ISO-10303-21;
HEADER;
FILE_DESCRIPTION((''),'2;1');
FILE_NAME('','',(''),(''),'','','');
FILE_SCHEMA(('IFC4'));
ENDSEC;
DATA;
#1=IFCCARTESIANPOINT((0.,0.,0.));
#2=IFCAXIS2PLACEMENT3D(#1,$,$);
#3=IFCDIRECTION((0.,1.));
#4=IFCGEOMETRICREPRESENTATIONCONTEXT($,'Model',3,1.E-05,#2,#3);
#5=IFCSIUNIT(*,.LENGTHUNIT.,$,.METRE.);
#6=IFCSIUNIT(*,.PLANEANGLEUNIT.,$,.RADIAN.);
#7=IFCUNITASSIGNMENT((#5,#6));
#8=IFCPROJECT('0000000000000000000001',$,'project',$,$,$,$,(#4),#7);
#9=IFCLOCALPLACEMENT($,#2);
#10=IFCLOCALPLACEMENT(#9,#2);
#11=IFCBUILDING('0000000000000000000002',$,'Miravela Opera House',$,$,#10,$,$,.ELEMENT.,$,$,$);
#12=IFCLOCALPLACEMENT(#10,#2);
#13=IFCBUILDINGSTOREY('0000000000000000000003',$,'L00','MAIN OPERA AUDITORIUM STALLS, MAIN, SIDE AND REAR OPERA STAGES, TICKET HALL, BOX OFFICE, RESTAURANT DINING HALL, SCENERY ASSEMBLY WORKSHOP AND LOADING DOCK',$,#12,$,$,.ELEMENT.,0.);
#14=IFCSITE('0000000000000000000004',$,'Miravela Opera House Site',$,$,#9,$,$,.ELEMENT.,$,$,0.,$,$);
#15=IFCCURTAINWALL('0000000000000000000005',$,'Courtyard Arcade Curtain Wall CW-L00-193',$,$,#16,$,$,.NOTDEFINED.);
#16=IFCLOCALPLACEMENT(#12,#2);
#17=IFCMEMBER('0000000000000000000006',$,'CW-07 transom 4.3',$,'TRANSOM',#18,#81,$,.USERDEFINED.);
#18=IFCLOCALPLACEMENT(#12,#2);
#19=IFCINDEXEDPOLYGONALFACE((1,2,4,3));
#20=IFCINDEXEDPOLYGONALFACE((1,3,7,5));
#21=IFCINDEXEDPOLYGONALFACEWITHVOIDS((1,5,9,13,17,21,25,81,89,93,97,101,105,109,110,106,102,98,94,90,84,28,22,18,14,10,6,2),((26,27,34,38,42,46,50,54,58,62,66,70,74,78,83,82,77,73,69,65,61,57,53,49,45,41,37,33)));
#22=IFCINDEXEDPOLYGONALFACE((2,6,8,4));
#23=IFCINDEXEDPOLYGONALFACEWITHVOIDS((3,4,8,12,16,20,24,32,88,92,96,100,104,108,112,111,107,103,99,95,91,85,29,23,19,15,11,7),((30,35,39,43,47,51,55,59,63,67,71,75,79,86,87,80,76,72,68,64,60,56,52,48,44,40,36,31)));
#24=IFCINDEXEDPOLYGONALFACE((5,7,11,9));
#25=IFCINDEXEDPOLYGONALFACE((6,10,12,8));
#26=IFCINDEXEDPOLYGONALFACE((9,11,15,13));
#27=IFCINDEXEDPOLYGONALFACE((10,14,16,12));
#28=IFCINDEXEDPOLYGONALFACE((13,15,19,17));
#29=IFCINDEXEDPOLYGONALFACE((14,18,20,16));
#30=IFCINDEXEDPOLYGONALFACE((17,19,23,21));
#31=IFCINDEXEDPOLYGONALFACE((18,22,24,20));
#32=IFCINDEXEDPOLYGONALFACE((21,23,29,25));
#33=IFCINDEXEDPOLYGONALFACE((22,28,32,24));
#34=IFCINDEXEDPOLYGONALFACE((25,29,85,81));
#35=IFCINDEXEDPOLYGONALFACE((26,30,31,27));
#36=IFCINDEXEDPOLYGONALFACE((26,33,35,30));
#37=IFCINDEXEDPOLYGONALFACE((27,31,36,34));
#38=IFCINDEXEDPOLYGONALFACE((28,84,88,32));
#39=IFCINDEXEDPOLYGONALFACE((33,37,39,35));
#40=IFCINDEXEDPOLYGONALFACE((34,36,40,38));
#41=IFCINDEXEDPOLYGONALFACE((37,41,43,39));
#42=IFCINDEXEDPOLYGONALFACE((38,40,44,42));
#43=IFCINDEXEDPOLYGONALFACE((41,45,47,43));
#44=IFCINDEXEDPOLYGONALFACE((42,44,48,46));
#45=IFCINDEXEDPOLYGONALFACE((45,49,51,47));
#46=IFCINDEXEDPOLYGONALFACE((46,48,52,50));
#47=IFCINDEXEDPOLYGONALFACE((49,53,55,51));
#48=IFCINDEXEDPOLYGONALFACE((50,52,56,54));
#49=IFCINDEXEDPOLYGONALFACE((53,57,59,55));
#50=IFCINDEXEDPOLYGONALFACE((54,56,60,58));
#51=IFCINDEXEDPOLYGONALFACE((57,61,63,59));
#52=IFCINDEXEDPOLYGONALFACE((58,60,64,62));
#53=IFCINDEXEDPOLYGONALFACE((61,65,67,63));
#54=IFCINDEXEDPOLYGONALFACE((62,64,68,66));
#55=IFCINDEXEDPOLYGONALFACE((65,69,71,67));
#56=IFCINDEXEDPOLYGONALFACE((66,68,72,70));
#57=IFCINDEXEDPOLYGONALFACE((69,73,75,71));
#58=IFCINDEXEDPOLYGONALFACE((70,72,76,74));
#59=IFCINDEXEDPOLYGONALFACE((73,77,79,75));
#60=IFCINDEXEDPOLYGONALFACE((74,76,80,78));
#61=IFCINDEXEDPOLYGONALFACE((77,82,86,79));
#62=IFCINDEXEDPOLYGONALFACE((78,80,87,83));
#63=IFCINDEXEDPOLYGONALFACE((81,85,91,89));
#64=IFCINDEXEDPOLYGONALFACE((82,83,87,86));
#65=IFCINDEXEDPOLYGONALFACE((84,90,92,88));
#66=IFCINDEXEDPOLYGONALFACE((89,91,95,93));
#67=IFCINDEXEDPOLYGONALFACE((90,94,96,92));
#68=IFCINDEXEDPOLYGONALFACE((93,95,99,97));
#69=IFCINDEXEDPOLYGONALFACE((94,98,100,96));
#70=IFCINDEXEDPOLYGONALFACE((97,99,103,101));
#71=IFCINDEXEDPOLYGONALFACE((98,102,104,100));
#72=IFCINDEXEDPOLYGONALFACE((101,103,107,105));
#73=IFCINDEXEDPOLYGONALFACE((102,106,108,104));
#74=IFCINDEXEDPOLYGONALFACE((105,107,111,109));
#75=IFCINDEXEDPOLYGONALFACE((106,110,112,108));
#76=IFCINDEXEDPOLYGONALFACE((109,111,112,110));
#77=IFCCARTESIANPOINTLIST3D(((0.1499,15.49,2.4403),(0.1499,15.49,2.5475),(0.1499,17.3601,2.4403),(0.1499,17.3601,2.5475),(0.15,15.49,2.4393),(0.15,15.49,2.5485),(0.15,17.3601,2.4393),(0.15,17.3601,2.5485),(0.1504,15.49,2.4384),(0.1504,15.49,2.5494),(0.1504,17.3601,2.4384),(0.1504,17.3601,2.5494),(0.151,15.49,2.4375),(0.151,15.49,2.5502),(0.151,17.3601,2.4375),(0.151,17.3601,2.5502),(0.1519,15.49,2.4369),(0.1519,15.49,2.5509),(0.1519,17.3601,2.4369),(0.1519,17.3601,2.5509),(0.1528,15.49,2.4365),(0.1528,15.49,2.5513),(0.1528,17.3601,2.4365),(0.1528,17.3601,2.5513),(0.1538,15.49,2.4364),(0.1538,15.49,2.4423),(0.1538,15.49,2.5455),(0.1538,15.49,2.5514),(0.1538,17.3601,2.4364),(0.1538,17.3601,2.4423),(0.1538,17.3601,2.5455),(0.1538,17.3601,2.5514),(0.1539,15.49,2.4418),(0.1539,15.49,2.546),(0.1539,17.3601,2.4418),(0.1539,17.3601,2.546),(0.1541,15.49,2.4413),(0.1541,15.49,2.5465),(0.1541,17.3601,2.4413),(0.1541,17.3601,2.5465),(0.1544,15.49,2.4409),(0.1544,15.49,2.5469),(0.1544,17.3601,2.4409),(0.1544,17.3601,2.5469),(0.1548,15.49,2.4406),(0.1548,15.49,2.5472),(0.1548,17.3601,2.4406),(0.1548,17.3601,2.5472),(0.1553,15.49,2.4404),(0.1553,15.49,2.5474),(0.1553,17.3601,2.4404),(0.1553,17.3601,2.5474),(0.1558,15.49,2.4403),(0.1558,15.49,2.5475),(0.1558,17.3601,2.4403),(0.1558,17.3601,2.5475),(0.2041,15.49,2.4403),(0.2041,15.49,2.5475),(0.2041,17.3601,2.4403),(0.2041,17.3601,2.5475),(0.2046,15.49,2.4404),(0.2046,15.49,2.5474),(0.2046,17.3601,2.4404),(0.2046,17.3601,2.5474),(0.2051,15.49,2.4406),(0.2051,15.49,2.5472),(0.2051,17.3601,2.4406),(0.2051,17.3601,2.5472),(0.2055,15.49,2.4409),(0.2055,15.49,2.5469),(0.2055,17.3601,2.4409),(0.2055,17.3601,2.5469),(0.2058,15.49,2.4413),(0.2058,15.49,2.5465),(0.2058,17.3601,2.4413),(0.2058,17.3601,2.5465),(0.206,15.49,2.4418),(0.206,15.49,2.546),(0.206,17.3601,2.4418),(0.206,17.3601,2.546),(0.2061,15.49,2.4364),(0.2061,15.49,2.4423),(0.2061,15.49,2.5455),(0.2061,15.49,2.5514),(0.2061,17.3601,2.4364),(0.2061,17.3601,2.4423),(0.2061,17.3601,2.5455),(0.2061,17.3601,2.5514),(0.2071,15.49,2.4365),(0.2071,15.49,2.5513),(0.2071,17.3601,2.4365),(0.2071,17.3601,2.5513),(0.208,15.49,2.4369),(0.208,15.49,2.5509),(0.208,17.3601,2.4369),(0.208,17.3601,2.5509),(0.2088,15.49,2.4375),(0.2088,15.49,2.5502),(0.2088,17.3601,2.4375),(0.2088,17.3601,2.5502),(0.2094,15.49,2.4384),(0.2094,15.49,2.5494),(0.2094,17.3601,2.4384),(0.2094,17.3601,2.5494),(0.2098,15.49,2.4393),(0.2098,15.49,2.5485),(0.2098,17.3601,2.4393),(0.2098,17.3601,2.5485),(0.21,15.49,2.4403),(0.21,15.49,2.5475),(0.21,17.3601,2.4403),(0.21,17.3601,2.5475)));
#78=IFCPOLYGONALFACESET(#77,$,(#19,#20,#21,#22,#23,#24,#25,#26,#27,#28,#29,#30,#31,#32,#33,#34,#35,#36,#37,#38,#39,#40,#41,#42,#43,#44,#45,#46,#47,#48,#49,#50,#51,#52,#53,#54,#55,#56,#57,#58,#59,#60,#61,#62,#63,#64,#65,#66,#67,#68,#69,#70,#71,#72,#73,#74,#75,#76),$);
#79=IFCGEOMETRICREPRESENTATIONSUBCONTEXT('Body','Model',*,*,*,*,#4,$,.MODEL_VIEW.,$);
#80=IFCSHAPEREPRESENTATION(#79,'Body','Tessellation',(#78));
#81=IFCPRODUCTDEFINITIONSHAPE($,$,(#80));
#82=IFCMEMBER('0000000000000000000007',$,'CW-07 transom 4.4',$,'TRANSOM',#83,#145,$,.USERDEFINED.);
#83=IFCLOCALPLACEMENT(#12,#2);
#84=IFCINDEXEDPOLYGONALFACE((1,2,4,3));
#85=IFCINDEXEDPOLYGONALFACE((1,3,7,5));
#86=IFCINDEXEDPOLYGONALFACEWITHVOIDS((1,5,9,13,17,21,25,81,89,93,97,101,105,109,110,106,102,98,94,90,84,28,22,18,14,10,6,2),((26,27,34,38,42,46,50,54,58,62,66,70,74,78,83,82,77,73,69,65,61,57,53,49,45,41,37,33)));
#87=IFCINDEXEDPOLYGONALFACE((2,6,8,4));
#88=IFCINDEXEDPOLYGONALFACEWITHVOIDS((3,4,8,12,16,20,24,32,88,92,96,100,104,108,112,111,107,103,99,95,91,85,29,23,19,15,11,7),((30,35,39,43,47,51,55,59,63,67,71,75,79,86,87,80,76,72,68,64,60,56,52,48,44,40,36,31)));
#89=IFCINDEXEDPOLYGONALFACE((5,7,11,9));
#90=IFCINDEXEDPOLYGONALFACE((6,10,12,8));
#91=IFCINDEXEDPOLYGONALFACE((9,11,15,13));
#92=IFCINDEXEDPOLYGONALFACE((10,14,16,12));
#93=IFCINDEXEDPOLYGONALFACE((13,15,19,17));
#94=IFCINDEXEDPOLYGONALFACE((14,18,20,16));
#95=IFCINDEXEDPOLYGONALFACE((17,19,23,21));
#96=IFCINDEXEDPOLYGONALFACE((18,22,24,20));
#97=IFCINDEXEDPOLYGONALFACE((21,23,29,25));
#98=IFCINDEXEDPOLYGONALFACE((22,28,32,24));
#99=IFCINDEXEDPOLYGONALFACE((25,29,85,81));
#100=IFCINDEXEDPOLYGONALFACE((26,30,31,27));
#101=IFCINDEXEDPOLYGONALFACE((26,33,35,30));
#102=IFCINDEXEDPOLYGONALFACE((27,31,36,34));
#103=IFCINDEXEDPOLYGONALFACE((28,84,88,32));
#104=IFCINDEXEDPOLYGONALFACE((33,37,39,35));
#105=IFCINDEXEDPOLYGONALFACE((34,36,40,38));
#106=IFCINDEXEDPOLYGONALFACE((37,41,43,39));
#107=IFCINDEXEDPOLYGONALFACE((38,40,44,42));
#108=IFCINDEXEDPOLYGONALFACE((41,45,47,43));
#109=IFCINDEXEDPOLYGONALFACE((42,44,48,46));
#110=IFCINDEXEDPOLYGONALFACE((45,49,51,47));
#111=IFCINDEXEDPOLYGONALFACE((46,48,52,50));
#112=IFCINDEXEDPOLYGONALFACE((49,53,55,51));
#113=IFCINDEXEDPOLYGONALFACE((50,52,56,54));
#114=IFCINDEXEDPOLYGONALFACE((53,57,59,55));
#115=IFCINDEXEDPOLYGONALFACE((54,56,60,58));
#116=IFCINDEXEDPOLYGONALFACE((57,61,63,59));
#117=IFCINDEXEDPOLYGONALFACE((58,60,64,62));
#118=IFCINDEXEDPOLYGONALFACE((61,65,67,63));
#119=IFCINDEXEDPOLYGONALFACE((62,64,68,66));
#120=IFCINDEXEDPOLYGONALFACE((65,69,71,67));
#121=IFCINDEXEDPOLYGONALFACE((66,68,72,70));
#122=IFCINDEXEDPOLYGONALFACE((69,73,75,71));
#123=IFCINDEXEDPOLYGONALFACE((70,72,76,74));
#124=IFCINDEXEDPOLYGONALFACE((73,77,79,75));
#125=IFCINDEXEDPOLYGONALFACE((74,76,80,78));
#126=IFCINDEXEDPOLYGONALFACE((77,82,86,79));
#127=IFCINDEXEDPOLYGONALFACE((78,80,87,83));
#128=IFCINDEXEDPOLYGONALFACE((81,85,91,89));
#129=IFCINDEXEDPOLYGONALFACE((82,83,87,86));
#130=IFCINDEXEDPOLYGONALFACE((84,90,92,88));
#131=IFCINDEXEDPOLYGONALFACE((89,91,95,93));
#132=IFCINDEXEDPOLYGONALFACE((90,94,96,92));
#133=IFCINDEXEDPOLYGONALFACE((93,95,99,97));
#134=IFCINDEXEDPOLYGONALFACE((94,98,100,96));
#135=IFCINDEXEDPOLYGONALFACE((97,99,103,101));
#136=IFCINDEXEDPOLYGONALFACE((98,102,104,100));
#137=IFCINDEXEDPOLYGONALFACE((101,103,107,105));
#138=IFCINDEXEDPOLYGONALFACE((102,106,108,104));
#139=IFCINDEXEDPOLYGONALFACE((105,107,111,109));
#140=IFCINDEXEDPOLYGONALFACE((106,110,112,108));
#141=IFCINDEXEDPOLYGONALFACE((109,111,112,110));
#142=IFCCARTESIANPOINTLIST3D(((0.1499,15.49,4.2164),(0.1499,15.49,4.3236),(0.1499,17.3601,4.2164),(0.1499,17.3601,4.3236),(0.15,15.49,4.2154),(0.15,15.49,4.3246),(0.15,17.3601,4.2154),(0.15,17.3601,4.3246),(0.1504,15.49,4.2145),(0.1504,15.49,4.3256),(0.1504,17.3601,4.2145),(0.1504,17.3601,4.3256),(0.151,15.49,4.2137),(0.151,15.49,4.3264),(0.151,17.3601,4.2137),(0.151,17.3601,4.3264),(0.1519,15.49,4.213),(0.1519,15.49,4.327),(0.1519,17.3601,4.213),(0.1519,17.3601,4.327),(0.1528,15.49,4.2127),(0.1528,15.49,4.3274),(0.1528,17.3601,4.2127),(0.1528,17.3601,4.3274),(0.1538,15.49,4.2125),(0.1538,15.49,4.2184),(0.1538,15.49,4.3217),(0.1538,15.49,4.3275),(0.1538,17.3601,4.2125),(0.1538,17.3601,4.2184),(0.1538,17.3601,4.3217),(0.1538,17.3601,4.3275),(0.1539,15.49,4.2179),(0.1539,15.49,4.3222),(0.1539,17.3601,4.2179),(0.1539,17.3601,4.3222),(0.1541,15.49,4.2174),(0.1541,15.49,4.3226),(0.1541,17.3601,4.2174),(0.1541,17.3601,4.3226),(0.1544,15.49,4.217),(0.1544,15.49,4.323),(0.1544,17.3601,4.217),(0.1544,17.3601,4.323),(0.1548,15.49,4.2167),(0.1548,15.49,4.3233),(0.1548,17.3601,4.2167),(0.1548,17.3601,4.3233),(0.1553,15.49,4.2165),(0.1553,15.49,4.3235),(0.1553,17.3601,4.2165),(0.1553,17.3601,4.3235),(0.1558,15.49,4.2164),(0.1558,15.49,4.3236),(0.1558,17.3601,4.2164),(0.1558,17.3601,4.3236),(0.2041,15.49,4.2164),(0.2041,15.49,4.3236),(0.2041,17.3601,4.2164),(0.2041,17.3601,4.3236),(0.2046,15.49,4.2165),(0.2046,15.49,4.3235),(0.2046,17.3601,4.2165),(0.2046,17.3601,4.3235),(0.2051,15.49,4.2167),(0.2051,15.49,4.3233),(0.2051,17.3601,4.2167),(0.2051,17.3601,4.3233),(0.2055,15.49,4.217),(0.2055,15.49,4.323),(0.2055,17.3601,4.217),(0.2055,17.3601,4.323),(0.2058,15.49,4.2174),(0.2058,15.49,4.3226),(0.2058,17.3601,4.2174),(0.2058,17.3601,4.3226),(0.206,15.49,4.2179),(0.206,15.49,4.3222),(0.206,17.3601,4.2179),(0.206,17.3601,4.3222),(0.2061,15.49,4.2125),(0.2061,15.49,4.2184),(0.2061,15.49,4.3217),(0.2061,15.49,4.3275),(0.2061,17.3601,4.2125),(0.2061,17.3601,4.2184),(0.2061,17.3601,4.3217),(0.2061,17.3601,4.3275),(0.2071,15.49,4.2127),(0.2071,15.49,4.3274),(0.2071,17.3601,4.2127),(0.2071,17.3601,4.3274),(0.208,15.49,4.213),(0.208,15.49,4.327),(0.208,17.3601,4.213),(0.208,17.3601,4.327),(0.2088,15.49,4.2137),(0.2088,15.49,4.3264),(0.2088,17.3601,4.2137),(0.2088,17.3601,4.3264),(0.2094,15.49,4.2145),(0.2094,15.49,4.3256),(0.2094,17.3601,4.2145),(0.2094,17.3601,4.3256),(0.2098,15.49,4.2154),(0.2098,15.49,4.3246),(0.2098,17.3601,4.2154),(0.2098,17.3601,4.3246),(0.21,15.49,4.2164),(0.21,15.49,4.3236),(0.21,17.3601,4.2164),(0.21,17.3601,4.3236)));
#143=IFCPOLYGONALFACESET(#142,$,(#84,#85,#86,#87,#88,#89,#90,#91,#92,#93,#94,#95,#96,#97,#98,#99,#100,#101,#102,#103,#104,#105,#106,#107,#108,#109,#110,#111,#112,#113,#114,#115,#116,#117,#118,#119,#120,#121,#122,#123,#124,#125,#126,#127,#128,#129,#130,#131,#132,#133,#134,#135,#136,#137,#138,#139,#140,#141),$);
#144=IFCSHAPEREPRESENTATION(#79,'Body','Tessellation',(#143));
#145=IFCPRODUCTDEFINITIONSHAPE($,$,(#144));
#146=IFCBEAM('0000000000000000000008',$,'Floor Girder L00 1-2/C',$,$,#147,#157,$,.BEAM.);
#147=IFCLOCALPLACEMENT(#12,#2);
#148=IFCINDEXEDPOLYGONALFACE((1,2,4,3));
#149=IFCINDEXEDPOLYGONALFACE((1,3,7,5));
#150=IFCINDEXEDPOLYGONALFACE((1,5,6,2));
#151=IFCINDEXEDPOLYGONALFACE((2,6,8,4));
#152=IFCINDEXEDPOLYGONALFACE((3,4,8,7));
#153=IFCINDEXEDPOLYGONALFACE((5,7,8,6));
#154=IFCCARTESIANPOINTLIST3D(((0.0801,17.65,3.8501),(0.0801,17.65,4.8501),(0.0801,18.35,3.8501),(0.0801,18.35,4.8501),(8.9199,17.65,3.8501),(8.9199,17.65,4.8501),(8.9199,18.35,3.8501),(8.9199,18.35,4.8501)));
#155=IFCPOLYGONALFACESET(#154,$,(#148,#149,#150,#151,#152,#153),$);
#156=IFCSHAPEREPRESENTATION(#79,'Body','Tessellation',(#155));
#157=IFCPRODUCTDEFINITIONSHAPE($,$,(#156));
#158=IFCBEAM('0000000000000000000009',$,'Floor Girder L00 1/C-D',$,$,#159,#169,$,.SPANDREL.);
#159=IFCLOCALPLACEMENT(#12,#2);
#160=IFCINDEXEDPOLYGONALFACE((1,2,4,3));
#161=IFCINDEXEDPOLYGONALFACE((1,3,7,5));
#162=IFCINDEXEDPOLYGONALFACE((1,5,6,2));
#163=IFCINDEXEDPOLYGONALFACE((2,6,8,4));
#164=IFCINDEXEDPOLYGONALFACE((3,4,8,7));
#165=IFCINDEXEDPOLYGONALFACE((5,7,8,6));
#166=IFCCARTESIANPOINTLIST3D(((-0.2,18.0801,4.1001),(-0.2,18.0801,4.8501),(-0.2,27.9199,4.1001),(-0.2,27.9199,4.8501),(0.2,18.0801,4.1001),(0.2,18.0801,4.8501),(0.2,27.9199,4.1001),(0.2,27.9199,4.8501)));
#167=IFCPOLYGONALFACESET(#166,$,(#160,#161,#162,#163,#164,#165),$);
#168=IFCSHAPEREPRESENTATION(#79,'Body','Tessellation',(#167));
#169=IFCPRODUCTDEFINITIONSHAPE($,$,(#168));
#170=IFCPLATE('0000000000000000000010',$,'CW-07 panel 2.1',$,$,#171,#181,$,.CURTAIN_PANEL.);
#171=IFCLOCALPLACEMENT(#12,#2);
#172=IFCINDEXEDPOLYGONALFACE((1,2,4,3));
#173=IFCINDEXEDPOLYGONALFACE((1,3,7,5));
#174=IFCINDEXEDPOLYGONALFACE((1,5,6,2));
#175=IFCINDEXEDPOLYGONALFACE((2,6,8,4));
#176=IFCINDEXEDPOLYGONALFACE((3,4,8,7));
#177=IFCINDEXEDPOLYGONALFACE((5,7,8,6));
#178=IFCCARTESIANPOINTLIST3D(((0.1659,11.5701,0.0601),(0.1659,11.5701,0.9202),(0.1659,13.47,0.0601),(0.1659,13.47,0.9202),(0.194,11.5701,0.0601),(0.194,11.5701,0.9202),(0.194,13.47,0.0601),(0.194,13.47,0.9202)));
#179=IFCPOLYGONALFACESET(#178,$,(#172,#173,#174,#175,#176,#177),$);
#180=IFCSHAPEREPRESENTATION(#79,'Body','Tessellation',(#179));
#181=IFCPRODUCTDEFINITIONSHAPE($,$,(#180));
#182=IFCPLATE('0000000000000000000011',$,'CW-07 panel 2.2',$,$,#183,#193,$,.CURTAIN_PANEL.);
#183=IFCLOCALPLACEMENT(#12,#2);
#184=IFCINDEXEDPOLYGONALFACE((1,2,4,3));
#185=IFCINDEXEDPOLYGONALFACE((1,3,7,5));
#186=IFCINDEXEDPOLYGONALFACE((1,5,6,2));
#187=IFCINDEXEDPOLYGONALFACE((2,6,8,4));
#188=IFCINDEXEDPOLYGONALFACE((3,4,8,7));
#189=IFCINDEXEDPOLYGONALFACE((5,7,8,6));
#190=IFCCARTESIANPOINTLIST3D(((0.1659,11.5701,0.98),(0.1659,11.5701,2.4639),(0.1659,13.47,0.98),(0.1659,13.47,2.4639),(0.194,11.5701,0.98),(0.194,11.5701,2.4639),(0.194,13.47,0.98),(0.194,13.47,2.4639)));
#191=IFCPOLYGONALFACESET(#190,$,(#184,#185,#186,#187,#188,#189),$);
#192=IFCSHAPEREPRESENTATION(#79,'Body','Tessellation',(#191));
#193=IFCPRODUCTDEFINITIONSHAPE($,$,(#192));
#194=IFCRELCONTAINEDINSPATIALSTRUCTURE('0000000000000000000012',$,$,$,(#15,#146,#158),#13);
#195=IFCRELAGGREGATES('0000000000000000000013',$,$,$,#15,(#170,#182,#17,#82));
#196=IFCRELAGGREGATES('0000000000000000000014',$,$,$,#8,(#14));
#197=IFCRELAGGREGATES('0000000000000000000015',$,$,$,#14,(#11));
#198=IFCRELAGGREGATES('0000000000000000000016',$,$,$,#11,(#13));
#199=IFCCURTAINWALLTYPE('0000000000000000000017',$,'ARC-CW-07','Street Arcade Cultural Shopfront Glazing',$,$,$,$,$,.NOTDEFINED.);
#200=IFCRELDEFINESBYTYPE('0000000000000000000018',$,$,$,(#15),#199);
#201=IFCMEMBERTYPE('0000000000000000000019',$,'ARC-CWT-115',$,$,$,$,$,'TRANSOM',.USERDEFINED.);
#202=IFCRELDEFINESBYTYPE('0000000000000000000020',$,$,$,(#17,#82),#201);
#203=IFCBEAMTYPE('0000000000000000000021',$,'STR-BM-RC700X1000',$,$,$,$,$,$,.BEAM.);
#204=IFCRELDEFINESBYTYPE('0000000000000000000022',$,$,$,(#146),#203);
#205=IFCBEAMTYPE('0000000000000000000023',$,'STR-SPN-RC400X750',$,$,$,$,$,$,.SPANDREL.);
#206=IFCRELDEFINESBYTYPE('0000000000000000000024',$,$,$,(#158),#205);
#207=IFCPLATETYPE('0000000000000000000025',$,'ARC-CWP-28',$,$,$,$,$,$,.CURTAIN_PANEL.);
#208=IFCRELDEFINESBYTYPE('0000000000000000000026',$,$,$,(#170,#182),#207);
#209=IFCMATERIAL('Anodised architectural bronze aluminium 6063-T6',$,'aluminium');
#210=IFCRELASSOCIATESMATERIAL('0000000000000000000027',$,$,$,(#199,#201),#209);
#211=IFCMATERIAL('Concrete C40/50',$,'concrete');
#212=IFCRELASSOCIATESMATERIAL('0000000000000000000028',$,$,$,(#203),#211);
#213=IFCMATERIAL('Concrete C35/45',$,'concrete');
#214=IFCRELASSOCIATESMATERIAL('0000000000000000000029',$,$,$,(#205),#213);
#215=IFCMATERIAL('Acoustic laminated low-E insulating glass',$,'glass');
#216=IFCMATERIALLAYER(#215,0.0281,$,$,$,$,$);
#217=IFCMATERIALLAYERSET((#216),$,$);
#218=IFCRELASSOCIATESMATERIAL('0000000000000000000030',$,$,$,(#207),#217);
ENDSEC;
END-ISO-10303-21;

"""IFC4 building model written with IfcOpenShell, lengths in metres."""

from ifc_helpers import new_model, si_unit, direction, frame, origin, origin_2d, place, context, subcontext, project, spatial, rectangle, hollow_rectangle, extrude, material, layer, layer_set, material_profile, profile_set, type_object, element, aggregate, save


model = new_model("IFC4")

# Units and contexts
model_context = context("Model", 3, precision=1e-05, world=origin(), true_north=direction((0.0, 1.0)))
body_context = subcontext(model_context, "Body", "Model", "MODEL_VIEW")
ifc_project = project(units=[si_unit("LENGTHUNIT", "METRE"), si_unit("PLANEANGLEUNIT", "RADIAN")], contexts=[model_context])

# Site, building, storey
site_placement = place(None, origin())
site = spatial("IfcSite", under=ifc_project, at=site_placement, Name="Miravela Opera House Site", CompositionType="ELEMENT", RefElevation=0.0)
building_placement = place(site_placement, origin())
building = spatial("IfcBuilding", under=site, at=building_placement, Name="Miravela Opera House", CompositionType="ELEMENT")
storey_placement = place(building_placement, origin())
storey = spatial("IfcBuildingStorey", under=building, at=storey_placement, Name="L00", Description="MAIN OPERA AUDITORIUM STALLS, MAIN, SIDE AND REAR OPERA STAGES, TICKET HALL, BOX OFFICE, RESTAURANT DINING HALL, SCENERY ASSEMBLY WORKSHOP AND LOADING DOCK", CompositionType="ELEMENT", Elevation=0.0)

# Shared definitions
ifc_material_1 = material(Name="Concrete C40/50", Category="concrete")

# Curtain wall, members
ifc_material_2 = material(Name="Anodised architectural bronze aluminium 6063-T6", Category="aluminium")
curtain_wall_type = type_object("IfcCurtainWallType", Name="ARC-CW-07", Description="Street Arcade Cultural Shopfront Glazing", PredefinedType="NOTDEFINED", material=ifc_material_2)
curtain_wall_placement = place(storey_placement, origin())
curtain_wall = element("IfcCurtainWall", 1, at=curtain_wall_placement, inside=storey, type_object=curtain_wall_type, Name="Courtyard Arcade Curtain Wall CW-L00-193", PredefinedType="NOTDEFINED")
ifc_material_profile_1 = material_profile(ifc_material_2, hollow_rectangle(XDim=0.0601, YDim=0.115, WallThickness=0.0039, InnerFilletRadius=0.002, OuterFilletRadius=0.0039, at=origin_2d()), Name="CWT-60X115")
ifc_profile_set_1 = profile_set([ifc_material_profile_1])
member_type_1 = type_object("IfcMemberType", Name="ARC-CWT-115", ElementType="TRANSOM", PredefinedType="USERDEFINED", material=ifc_profile_set_1)
member_1_placement = place(storey_placement, frame((0.1799, 15.49, 2.4939), z_axis=(0.0, 1.0, 0.0), x_axis=(-1.0, 0.0, 0.0)))
member_1 = element("IfcMember", 2, at=member_1_placement, type_object=member_type_1, Name="CW-07 transom 4.3", ObjectType="TRANSOM", PredefinedType="USERDEFINED", context=body_context, shape_type="SweptSolid", body=[
    extrude(hollow_rectangle(XDim=0.0601, YDim=0.115, WallThickness=0.0039, InnerFilletRadius=0.002, OuterFilletRadius=0.0039, at=origin_2d()), origin(), (0.0, 0.0, 1.0), 1.8701),
])
member_2_placement = place(storey_placement, frame((0.1799, 15.49, 4.27), z_axis=(0.0, 1.0, 0.0), x_axis=(-1.0, 0.0, 0.0)))
member_2 = element("IfcMember", 3, at=member_2_placement, type_object=member_type_1, Name="CW-07 transom 4.4", ObjectType="TRANSOM", PredefinedType="USERDEFINED", context=body_context, shape_type="SweptSolid", body=[
    extrude(hollow_rectangle(XDim=0.0601, YDim=0.115, WallThickness=0.0039, InnerFilletRadius=0.002, OuterFilletRadius=0.0039, at=origin_2d()), origin(), (0.0, 0.0, 1.0), 1.8701),
])

# Beams
ifc_material_profile_2 = material_profile(ifc_material_1, rectangle(XDim=0.7, YDim=1.0, at=origin_2d()), Name="RC-BM-700X1000")
ifc_profile_set_2 = profile_set([ifc_material_profile_2])
beam_type_1 = type_object("IfcBeamType", Name="STR-BM-RC700X1000", PredefinedType="BEAM", material=ifc_profile_set_2)
beam_1_placement = place(storey_placement, frame((0.0801, 18.0, 4.3501), z_axis=(1.0, 0.0, 0.0), x_axis=(0.0, 1.0, 0.0)))
element("IfcBeam", 4, at=beam_1_placement, inside=storey, type_object=beam_type_1, Name="Floor Girder L00 1-2/C", PredefinedType="BEAM", context=body_context, shape_type="SweptSolid", body=[
    extrude(rectangle(XDim=0.7, YDim=1.0, at=origin_2d()), origin(), (0.0, 0.0, 1.0), 8.8398),
])
ifc_material_3 = material(Name="Concrete C35/45", Category="concrete")
ifc_material_profile_3 = material_profile(ifc_material_3, rectangle(XDim=0.3999, YDim=0.75, at=origin_2d()), Name="RC-SPN-400X750")
ifc_profile_set_3 = profile_set([ifc_material_profile_3])
beam_type_2 = type_object("IfcBeamType", Name="STR-SPN-RC400X750", PredefinedType="SPANDREL", material=ifc_profile_set_3)
beam_2_placement = place(storey_placement, frame((0.0, 18.0801, 4.4751), z_axis=(0.0, 1.0, 0.0), x_axis=(-1.0, 0.0, 0.0)))
element("IfcBeam", 5, at=beam_2_placement, inside=storey, type_object=beam_type_2, Name="Floor Girder L00 1/C-D", PredefinedType="SPANDREL", context=body_context, shape_type="SweptSolid", body=[
    extrude(rectangle(XDim=0.3999, YDim=0.75, at=origin_2d()), origin(), (0.0, 0.0, 1.0), 9.8398),
])

# Plates
ifc_material_4 = material(Name="Acoustic laminated low-E insulating glass", Category="glass")
ifc_layer = layer(ifc_material_4, 0.0281)
ifc_layer_set = layer_set([ifc_layer])
plate_type = type_object("IfcPlateType", Name="ARC-CWP-28", PredefinedType="CURTAIN_PANEL", material=ifc_layer_set)
plate_1_placement = place(storey_placement, frame((0.1799, 12.52, 0.0601), z_axis=(0.0, 0.0, 1.0), x_axis=(0.0, 1.0, 0.0)))
plate_1 = element("IfcPlate", 6, at=plate_1_placement, type_object=plate_type, Name="CW-07 panel 2.1", PredefinedType="CURTAIN_PANEL", context=body_context, shape_type="SweptSolid", body=[
    extrude(rectangle(XDim=1.8999, YDim=0.0281, at=origin_2d()), origin(), (0.0, 0.0, 1.0), 0.8601),
])
plate_2_placement = place(storey_placement, frame((0.1799, 12.52, 0.98), z_axis=(0.0, 0.0, 1.0), x_axis=(0.0, 1.0, 0.0)))
plate_2 = element("IfcPlate", 7, at=plate_2_placement, type_object=plate_type, Name="CW-07 panel 2.2", PredefinedType="CURTAIN_PANEL", context=body_context, shape_type="SweptSolid", body=[
    extrude(rectangle(XDim=1.8999, YDim=0.0281, at=origin_2d()), origin(), (0.0, 0.0, 1.0), 1.4839),
])
aggregate(curtain_wall, [plate_1, plate_2, member_1, member_2])

save(model, "model.ifc")
